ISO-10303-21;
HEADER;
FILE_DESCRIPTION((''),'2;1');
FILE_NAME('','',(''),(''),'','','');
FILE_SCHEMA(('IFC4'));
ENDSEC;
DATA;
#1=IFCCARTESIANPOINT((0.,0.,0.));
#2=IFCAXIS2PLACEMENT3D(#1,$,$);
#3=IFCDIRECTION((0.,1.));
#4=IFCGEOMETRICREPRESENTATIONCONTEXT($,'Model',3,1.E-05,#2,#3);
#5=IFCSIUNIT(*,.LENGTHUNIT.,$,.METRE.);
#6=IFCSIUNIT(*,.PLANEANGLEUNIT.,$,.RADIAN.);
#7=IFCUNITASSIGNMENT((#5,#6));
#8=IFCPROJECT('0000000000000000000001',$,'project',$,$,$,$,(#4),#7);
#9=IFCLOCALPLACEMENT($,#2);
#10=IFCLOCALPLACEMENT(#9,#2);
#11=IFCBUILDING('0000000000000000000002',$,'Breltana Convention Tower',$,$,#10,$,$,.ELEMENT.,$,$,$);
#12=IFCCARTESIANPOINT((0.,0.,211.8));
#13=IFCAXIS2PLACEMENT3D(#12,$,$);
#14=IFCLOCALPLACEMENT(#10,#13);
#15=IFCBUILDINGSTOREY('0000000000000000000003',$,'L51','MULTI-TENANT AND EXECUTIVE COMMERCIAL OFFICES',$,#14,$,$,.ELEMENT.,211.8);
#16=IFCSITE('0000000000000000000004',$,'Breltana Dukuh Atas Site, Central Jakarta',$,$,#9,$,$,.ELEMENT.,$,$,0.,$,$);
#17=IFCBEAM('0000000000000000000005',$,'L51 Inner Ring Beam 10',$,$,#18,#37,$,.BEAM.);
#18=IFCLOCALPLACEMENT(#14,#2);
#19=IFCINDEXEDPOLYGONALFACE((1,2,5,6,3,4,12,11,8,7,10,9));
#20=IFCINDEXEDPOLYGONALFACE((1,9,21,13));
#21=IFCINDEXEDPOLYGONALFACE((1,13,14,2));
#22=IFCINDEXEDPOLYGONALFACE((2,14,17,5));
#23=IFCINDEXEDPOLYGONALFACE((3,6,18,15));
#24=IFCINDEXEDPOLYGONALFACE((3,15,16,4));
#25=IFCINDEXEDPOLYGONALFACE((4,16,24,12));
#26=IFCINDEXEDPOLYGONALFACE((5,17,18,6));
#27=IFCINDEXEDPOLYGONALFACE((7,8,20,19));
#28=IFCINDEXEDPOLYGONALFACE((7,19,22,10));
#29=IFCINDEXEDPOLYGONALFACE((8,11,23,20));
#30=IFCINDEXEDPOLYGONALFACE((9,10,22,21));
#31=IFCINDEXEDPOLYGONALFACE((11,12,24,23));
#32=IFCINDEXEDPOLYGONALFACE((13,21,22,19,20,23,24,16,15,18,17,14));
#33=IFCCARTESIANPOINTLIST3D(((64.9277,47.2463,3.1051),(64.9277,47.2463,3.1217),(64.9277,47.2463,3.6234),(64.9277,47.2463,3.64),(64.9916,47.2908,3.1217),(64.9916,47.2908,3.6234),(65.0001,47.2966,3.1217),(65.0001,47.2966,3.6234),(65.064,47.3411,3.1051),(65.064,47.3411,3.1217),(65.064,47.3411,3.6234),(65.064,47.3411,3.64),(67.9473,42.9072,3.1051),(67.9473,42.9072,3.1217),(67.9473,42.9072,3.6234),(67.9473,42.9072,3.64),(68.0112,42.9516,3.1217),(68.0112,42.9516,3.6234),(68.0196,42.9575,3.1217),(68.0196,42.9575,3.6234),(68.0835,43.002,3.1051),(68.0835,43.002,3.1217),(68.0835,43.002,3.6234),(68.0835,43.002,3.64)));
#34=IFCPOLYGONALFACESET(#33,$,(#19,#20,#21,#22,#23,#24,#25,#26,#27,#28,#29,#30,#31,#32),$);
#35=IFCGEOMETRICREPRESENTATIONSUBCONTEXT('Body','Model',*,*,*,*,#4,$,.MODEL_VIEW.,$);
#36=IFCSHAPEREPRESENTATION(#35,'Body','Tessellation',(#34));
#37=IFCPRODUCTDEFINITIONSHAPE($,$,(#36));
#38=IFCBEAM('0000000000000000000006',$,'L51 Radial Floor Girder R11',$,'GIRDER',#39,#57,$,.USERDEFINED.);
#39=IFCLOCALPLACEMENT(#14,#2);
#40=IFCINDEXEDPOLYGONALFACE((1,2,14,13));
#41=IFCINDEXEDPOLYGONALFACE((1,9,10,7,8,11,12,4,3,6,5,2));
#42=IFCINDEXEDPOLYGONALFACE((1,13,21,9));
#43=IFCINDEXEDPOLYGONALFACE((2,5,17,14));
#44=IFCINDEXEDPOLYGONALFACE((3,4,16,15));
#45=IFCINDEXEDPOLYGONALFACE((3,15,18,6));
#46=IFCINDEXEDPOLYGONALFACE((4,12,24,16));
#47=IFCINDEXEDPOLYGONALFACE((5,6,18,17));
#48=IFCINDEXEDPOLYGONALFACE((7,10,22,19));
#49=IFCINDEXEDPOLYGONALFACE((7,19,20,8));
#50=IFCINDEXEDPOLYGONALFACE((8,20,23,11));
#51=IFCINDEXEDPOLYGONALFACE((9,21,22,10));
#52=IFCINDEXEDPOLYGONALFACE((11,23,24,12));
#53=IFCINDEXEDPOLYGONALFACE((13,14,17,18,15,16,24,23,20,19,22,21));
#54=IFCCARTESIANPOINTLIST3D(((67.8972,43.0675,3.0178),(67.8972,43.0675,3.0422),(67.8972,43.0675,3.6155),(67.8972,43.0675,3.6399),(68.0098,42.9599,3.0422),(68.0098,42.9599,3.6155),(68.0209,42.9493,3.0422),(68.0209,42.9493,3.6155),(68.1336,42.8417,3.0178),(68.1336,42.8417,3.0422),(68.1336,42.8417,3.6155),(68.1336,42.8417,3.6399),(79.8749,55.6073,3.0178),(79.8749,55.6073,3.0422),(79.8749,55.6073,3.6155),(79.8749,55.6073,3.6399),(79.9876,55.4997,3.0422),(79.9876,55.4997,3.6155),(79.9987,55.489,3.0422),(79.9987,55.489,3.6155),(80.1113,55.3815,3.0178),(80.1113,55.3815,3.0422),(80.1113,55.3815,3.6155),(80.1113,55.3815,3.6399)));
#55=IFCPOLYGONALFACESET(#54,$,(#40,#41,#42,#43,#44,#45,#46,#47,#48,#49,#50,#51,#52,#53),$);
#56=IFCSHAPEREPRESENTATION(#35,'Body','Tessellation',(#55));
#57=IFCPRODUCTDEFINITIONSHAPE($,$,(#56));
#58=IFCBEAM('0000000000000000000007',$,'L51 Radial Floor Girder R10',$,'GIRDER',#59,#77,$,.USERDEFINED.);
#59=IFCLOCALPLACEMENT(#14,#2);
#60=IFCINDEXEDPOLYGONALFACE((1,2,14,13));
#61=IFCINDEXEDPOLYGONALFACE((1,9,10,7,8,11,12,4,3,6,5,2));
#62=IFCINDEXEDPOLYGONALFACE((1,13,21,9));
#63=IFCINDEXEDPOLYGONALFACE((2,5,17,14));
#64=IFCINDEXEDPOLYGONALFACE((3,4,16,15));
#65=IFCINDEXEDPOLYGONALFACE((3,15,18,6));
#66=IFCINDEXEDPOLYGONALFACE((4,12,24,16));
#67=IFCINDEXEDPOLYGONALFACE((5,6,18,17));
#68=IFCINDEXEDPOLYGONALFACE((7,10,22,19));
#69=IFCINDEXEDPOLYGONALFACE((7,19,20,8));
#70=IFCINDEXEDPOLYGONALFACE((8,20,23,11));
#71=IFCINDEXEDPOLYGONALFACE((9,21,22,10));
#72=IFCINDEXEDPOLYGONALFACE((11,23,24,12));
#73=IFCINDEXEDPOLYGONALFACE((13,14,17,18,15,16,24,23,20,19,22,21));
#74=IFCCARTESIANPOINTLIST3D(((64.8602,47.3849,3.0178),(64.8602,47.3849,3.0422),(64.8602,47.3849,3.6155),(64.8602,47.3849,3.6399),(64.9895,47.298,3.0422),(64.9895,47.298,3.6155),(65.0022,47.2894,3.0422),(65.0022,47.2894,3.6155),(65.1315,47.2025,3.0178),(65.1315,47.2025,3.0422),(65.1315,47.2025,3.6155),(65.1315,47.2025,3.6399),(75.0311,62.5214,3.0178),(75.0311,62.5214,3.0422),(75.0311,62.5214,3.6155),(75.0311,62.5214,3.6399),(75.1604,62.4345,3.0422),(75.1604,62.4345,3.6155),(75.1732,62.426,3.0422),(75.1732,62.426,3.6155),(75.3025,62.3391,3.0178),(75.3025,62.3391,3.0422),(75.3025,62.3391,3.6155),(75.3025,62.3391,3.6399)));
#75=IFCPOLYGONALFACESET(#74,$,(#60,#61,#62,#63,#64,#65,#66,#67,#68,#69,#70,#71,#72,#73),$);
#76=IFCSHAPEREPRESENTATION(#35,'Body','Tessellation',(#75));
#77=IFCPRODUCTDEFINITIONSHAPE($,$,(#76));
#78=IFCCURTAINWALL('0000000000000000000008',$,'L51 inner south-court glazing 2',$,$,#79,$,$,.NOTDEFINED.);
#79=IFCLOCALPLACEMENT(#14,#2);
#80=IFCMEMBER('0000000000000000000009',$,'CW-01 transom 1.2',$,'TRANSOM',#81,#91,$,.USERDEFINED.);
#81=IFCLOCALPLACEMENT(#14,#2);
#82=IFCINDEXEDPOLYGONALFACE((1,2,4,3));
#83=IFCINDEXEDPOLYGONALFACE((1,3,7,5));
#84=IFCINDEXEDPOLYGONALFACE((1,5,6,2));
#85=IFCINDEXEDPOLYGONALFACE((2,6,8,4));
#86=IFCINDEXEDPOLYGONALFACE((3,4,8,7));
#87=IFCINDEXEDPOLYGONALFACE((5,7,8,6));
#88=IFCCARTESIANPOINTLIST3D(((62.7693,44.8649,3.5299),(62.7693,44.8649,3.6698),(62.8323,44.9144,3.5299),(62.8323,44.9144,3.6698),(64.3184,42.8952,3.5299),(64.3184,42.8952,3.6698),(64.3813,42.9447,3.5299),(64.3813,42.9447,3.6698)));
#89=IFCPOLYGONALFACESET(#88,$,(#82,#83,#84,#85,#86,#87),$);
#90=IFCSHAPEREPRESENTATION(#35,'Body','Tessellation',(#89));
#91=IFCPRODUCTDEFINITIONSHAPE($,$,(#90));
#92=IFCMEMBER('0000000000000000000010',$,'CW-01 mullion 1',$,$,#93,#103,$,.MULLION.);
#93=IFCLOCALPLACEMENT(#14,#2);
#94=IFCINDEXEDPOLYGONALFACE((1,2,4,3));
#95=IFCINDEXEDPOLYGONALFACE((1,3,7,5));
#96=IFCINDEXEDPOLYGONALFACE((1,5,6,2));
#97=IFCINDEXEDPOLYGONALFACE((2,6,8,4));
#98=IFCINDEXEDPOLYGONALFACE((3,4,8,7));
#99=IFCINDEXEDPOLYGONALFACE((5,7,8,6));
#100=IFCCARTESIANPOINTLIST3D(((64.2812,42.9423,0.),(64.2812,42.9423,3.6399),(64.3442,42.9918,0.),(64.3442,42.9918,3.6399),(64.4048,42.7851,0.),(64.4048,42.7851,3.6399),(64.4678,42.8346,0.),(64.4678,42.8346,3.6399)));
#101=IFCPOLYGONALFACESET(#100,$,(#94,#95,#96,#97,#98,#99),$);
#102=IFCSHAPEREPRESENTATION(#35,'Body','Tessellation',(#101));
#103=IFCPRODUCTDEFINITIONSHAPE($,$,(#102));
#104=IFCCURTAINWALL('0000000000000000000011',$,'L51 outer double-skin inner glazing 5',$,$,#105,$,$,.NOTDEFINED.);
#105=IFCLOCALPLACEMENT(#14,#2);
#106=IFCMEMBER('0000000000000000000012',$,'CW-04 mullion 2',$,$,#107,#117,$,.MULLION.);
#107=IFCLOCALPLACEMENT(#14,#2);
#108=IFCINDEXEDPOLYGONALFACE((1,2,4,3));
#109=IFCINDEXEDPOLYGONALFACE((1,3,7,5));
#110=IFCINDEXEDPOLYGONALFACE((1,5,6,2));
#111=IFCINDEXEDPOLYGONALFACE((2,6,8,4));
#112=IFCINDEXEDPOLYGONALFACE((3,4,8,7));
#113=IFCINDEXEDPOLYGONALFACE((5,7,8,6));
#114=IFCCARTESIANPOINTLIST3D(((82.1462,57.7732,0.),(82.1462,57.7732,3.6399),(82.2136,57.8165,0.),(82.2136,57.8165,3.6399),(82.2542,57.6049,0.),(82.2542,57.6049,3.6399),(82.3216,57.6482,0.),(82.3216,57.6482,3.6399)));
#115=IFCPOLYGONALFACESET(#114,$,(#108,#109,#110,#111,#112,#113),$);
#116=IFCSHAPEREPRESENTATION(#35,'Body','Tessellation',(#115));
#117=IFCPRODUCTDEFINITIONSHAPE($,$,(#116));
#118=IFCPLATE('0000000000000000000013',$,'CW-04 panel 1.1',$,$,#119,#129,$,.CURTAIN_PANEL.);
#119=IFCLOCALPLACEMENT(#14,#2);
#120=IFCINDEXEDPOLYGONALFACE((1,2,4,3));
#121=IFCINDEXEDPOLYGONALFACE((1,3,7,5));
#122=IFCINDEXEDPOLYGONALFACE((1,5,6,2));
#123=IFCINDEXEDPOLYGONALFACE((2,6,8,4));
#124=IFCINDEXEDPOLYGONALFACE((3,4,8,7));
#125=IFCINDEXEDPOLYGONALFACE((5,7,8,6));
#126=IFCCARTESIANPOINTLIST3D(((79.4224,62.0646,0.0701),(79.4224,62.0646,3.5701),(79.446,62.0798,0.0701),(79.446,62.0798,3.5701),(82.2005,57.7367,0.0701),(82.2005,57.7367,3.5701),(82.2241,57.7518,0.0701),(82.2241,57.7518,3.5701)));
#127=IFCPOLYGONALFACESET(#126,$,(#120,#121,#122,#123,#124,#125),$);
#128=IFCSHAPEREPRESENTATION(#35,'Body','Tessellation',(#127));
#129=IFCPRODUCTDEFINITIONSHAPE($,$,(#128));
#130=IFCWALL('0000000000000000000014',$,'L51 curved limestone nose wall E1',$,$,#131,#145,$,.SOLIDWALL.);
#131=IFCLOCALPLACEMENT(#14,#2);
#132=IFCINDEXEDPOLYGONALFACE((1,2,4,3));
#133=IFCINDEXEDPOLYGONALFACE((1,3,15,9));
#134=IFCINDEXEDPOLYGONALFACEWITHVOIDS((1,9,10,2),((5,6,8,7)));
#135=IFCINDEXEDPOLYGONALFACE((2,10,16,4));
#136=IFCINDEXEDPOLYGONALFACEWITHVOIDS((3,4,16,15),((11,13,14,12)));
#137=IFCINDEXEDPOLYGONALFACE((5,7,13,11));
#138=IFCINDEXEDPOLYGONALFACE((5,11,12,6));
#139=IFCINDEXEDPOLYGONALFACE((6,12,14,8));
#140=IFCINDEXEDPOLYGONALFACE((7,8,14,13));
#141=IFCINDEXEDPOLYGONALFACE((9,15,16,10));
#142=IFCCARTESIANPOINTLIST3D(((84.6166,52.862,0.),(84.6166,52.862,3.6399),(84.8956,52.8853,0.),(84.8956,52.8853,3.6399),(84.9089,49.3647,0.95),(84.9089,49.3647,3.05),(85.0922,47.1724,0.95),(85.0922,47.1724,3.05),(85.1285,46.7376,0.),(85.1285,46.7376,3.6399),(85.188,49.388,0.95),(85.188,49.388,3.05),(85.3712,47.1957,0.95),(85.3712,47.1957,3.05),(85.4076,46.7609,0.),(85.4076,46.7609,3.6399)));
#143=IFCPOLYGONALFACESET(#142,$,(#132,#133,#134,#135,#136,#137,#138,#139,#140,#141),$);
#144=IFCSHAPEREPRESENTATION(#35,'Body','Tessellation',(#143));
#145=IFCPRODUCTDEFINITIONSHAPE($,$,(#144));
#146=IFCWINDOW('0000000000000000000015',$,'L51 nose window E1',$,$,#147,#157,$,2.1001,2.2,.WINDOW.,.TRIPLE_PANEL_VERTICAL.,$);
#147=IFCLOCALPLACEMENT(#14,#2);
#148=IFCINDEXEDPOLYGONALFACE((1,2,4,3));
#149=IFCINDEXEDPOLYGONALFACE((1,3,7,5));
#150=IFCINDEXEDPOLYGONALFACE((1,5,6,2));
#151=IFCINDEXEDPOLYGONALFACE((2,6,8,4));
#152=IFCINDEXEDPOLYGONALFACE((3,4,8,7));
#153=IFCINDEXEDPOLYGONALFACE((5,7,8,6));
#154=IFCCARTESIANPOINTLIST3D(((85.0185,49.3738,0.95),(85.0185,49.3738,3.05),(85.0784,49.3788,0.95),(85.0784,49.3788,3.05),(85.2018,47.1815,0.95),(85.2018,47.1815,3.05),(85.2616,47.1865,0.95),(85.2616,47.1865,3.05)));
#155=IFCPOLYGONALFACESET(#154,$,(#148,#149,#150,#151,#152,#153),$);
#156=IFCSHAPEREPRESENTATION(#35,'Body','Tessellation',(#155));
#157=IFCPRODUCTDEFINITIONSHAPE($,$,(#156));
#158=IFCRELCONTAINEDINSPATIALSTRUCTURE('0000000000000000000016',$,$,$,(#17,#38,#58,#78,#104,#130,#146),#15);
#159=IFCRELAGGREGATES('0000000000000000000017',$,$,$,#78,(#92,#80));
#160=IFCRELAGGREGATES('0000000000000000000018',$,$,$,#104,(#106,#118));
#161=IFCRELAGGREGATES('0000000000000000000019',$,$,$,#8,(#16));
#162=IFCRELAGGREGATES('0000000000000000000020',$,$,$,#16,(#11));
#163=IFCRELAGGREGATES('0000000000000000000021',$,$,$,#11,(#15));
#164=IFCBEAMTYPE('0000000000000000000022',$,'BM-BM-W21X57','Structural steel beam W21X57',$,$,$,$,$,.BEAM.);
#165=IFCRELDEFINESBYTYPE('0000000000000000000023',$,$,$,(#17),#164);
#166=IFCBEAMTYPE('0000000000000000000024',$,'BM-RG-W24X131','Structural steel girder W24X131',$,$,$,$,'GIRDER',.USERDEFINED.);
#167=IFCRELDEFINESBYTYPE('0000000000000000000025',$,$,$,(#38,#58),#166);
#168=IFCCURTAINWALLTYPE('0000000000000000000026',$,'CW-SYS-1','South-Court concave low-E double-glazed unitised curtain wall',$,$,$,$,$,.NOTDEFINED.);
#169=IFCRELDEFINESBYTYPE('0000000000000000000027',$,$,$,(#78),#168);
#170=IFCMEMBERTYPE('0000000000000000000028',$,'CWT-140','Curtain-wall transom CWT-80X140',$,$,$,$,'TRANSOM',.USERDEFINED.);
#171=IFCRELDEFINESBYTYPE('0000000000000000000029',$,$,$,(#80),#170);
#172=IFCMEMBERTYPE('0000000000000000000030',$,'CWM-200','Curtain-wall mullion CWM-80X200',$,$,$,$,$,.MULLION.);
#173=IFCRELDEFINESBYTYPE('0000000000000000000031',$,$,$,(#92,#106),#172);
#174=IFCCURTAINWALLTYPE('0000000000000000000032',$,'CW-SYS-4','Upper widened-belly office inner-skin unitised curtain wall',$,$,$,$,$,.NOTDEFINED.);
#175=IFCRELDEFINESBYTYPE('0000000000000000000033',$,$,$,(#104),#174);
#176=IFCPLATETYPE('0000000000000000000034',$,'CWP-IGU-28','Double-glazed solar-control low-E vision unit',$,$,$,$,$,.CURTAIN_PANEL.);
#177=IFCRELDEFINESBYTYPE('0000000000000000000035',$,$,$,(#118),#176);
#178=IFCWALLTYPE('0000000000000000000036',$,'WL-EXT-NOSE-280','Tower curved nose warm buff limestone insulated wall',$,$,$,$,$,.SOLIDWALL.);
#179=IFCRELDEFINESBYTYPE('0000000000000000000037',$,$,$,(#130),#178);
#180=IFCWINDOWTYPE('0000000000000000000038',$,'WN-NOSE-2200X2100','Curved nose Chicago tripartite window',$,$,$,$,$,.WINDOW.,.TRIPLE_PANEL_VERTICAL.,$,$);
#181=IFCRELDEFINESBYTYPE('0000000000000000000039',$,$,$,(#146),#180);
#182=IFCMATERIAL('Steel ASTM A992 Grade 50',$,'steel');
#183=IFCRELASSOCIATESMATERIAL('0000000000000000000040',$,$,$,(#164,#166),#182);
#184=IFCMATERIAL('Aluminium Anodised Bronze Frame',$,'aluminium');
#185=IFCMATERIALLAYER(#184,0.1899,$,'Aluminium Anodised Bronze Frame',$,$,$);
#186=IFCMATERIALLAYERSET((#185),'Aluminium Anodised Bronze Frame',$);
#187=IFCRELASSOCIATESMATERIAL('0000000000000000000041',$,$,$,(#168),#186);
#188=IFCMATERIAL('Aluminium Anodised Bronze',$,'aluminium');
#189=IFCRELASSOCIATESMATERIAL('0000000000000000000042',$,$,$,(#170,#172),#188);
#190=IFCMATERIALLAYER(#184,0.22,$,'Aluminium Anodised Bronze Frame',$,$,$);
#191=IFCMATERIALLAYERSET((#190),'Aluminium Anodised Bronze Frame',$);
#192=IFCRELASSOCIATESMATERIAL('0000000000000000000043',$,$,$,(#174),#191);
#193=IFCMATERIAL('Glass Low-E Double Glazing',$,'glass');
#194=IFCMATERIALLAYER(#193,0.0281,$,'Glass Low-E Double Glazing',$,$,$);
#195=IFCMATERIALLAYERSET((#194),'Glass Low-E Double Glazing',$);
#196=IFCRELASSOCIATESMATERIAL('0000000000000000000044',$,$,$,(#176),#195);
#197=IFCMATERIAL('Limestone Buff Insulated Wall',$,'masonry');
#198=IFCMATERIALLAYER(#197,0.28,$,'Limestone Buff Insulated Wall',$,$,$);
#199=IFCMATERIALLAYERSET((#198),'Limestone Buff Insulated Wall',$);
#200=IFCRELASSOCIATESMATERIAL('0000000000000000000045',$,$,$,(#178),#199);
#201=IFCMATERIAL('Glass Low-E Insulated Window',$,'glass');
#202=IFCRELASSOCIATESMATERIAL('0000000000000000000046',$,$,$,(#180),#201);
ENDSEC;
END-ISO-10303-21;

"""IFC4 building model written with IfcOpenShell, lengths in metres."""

from ifc_helpers import new_model, si_unit, direction, frame, frame_2d, origin, origin_2d, place, context, subcontext, project, spatial, rectangle, i_section, extrude, source, transform, mapped, material, layer, layer_set, material_profile, profile_set, type_object, type_shapes, element, fill, aggregate, save


model = new_model("IFC4")

# Units and contexts
model_context = context("Model", 3, precision=1e-05, world=origin(), true_north=direction((0.0, 1.0)))
body_context = subcontext(model_context, "Body", "Model", "MODEL_VIEW")
ifc_project = project(units=[si_unit("LENGTHUNIT", "METRE"), si_unit("PLANEANGLEUNIT", "RADIAN")], contexts=[model_context])

# Site, building, storey
site_placement = place(None, origin())
site = spatial("IfcSite", under=ifc_project, at=site_placement, Name="Breltana Dukuh Atas Site, Central Jakarta", CompositionType="ELEMENT", RefElevation=0.0)
building_placement = place(site_placement, origin())
building = spatial("IfcBuilding", under=site, at=building_placement, Name="Breltana Convention Tower", CompositionType="ELEMENT")
storey_placement = place(building_placement, frame((0.0, 0.0, 211.8)))
storey = spatial("IfcBuildingStorey", under=building, at=storey_placement, Name="L51", Description="MULTI-TENANT AND EXECUTIVE COMMERCIAL OFFICES", CompositionType="ELEMENT", Elevation=211.8)

# Shared definitions
ifc_material_1 = material(Name="Steel ASTM A992 Grade 50", Category="steel")

# Beams
ifc_material_profile_1 = material_profile(ifc_material_1, i_section(OverallWidth=0.166, OverallDepth=0.5349, WebThickness=0.0103, FlangeThickness=0.0166, at=origin_2d()), Name="W21X57")
ifc_profile_set_1 = profile_set([ifc_material_profile_1], Name="Steel ASTM A992 Grade 50")
beam_type_1 = type_object("IfcBeamType", Name="BM-BM-W21X57", Description="Structural steel beam W21X57", PredefinedType="BEAM", material=ifc_profile_set_1)
shared_shape_1 = source(origin(), body_context, "Body", "SweptSolid", [
    extrude(i_section(OverallWidth=0.166, OverallDepth=0.5349, WebThickness=0.0103, FlangeThickness=0.0166, at=origin_2d()), origin(), (0.0, 0.0, 1.0), 5.2864),
])
beam_1_placement = place(storey_placement, frame((64.9958, 47.2937, 3.3726), z_axis=(0.571194, -0.820815, 0.0), x_axis=(0.820815, 0.571194, 0.0)))
element("IfcBeam", 1, at=beam_1_placement, inside=storey, type_object=beam_type_1, Name="L51 Inner Ring Beam 10", PredefinedType="BEAM", context=body_context, shape_type="MappedRepresentation", body=[
    mapped(shared_shape_1, transform((0.0, 0.0, 0.0), scale=1.0)),
])
ifc_material_profile_2 = material_profile(ifc_material_1, i_section(OverallWidth=0.3269, OverallDepth=0.6221, WebThickness=0.0154, FlangeThickness=0.0244, at=origin_2d()), Name="W24X131")
ifc_profile_set_2 = profile_set([ifc_material_profile_2], Name="Steel ASTM A992 Grade 50")
beam_type_2 = type_object("IfcBeamType", Name="BM-RG-W24X131", Description="Structural steel girder W24X131", ElementType="GIRDER", PredefinedType="USERDEFINED", material=ifc_profile_set_2)
shared_shape_2 = source(origin(), body_context, "Body", "SweptSolid", [
    extrude(i_section(OverallWidth=0.3269, OverallDepth=0.6221, WebThickness=0.0154, FlangeThickness=0.0244, at=origin_2d()), origin(), (0.0, 0.0, 1.0), 17.3411),
])
type_shapes(beam_type_2, [shared_shape_2])
beam_2_placement = place(storey_placement, frame((68.0154, 42.9546, 3.3289), z_axis=(0.690716, 0.723126, 0.0), x_axis=(-0.723126, 0.690716, 0.0)))
element("IfcBeam", 2, at=beam_2_placement, inside=storey, type_object=beam_type_2, Name="L51 Radial Floor Girder R11", ObjectType="GIRDER", PredefinedType="USERDEFINED", context=body_context, shape_type="MappedRepresentation", body=[
    mapped(shared_shape_2, transform((0.0, 0.0, 0.0), scale=1.0)),
])
shared_shape_3 = source(origin(), body_context, "Body", "SweptSolid", [
    extrude(i_section(OverallWidth=0.3269, OverallDepth=0.6221, WebThickness=0.0154, FlangeThickness=0.0244, at=origin_2d()), origin(), (0.0, 0.0, 1.0), 18.2363),
])
beam_3_placement = place(storey_placement, frame((64.9958, 47.2937, 3.3289), z_axis=(0.55773, 0.830022, 0.0), x_axis=(-0.830022, 0.55773, 0.0)))
element("IfcBeam", 3, at=beam_3_placement, inside=storey, type_object=beam_type_2, Name="L51 Radial Floor Girder R10", ObjectType="GIRDER", PredefinedType="USERDEFINED", context=body_context, shape_type="MappedRepresentation", body=[
    mapped(shared_shape_3, transform((0.0, 0.0, 0.0), scale=1.0)),
])

# Curtain wall, members
ifc_material_2 = material(Name="Aluminium Anodised Bronze Frame", Category="aluminium")
ifc_layer_1 = layer(ifc_material_2, 0.1899, Name="Aluminium Anodised Bronze Frame")
ifc_layer_set_1 = layer_set([ifc_layer_1], Name="Aluminium Anodised Bronze Frame")
curtain_wall_type_1 = type_object("IfcCurtainWallType", Name="CW-SYS-1", Description="South-Court concave low-E double-glazed unitised curtain wall", PredefinedType="NOTDEFINED", material=ifc_layer_set_1)
curtain_wall_1_placement = place(storey_placement, origin())
curtain_wall_1 = element("IfcCurtainWall", 4, at=curtain_wall_1_placement, inside=storey, type_object=curtain_wall_type_1, Name="L51 inner south-court glazing 2", PredefinedType="NOTDEFINED")
ifc_material_3 = material(Name="Aluminium Anodised Bronze", Category="aluminium")
ifc_material_profile_3 = material_profile(ifc_material_3, rectangle(XDim=0.0801, YDim=0.1399, at=origin_2d()), Name="CWT-80X140")
ifc_profile_set_3 = profile_set([ifc_material_profile_3], Name="Aluminium Anodised Bronze")
member_type_1 = type_object("IfcMemberType", Name="CWT-140", Description="Curtain-wall transom CWT-80X140", ElementType="TRANSOM", PredefinedType="USERDEFINED", material=ifc_profile_set_3)
shared_shape_4 = source(origin(), body_context, "Body", "SweptSolid", [
    extrude(rectangle(XDim=0.0801, YDim=0.1399, at=origin_2d()), origin(), (0.0, 0.0, 1.0), 2.5059),
])
member_1_placement = place(storey_placement, frame((64.3499, 42.9199, 3.5999), z_axis=(-0.618174, 0.786041, 0.0), x_axis=(-0.786041, -0.618174, 0.0)))
member_1 = element("IfcMember", 5, at=member_1_placement, type_object=member_type_1, Name="CW-01 transom 1.2", ObjectType="TRANSOM", PredefinedType="USERDEFINED", context=body_context, shape_type="MappedRepresentation", body=[
    mapped(shared_shape_4, transform((0.0, 0.0, 0.0), scale=1.0)),
])
ifc_material_profile_4 = material_profile(ifc_material_3, rectangle(XDim=0.0801, YDim=0.2, at=origin_2d()), Name="CWM-80X200")
ifc_profile_set_4 = profile_set([ifc_material_profile_4], Name="Aluminium Anodised Bronze")
member_type_2 = type_object("IfcMemberType", Name="CWM-200", Description="Curtain-wall mullion CWM-80X200", PredefinedType="MULLION", material=ifc_profile_set_4)
shared_shape_5 = source(origin(), body_context, "Body", "SweptSolid", [
    extrude(rectangle(XDim=0.0801, YDim=0.2, at=origin_2d()), origin(), (0.0, 0.0, 1.0), 3.6399),
])
member_2_placement = place(storey_placement, frame((64.3745, 42.8884, 0.0), z_axis=(0.0, 0.0, 1.0), x_axis=(-0.786061, -0.61815, 0.0)))
member_2 = element("IfcMember", 6, at=member_2_placement, type_object=member_type_2, Name="CW-01 mullion 1", PredefinedType="MULLION", context=body_context, shape_type="MappedRepresentation", body=[
    mapped(shared_shape_5, transform((0.0, 0.0, 0.0), scale=1.0)),
])
aggregate(curtain_wall_1, [member_2, member_1])

# Curtain wall, member, plate
ifc_layer_2 = layer(ifc_material_2, 0.22, Name="Aluminium Anodised Bronze Frame")
ifc_layer_set_2 = layer_set([ifc_layer_2], Name="Aluminium Anodised Bronze Frame")
curtain_wall_type_2 = type_object("IfcCurtainWallType", Name="CW-SYS-4", Description="Upper widened-belly office inner-skin unitised curtain wall", PredefinedType="NOTDEFINED", material=ifc_layer_set_2)
curtain_wall_2_placement = place(storey_placement, origin())
curtain_wall_2 = element("IfcCurtainWall", 7, at=curtain_wall_2_placement, inside=storey, type_object=curtain_wall_type_2, Name="L51 outer double-skin inner glazing 5", PredefinedType="NOTDEFINED")
member_3_placement = place(storey_placement, frame((82.2339, 57.7107, 0.0), z_axis=(0.0, 0.0, 1.0), x_axis=(0.841548, 0.540182, 0.0)))
member_3 = element("IfcMember", 8, at=member_3_placement, type_object=member_type_2, Name="CW-04 mullion 2", PredefinedType="MULLION", context=body_context, shape_type="MappedRepresentation", body=[
    mapped(shared_shape_5, transform((0.0, 0.0, 0.0), scale=1.0)),
])
ifc_material_4 = material(Name="Glass Low-E Double Glazing", Category="glass")
ifc_layer_3 = layer(ifc_material_4, 0.0281, Name="Glass Low-E Double Glazing")
ifc_layer_set_3 = layer_set([ifc_layer_3], Name="Glass Low-E Double Glazing")
plate_type = type_object("IfcPlateType", Name="CWP-IGU-28", Description="Double-glazed solar-control low-E vision unit", PredefinedType="CURTAIN_PANEL", material=ifc_layer_set_3)
shared_shape_6 = source(origin(), body_context, "Body", "SweptSolid", [
    extrude(rectangle(XDim=5.1428, YDim=0.0281, at=origin_2d()), origin(), (0.0, 0.0, 1.0), 3.5),
])
plate_placement = place(storey_placement, frame((80.8232, 59.9082, 0.0701), z_axis=(0.0, 0.0, 1.0), x_axis=(0.540182, -0.841548, 0.0)))
plate = element("IfcPlate", 9, at=plate_placement, type_object=plate_type, Name="CW-04 panel 1.1", PredefinedType="CURTAIN_PANEL", context=body_context, shape_type="MappedRepresentation", body=[
    mapped(shared_shape_6, transform((0.0, 0.0, 0.0), scale=1.0)),
])
aggregate(curtain_wall_2, [member_3, plate])

# Wall, opening, window
ifc_material_5 = material(Name="Limestone Buff Insulated Wall", Category="masonry")
ifc_layer_4 = layer(ifc_material_5, 0.28, Name="Limestone Buff Insulated Wall")
ifc_layer_set_4 = layer_set([ifc_layer_4], Name="Limestone Buff Insulated Wall")
wall_type = type_object("IfcWallType", Name="WL-EXT-NOSE-280", Description="Tower curved nose warm buff limestone insulated wall", PredefinedType="SOLIDWALL", material=ifc_layer_set_4)
shared_shape_7 = source(origin(), body_context, "Body", "SweptSolid", [
    extrude(rectangle(XDim=6.1458, YDim=0.28, at=frame_2d((3.0728, 0.0))), origin(), (0.0, 0.0, 1.0), 3.6399),
])
wall_1_placement = place(storey_placement, frame((84.7561, 52.8735, 0.0), z_axis=(0.0, 0.0, 1.0), x_axis=(0.083302, -0.996524, 0.0)))
wall_1 = element("IfcWall", 10, at=wall_1_placement, inside=storey, type_object=wall_type, Name="L51 curved limestone nose wall E1", PredefinedType="SOLIDWALL", context=body_context, shape_type="MappedRepresentation", body=[
    mapped(shared_shape_7, transform((0.0, 0.0, 0.0), scale=1.0)),
])
opening_1_placement = place(wall_1_placement, frame((3.5093, 0.0, 0.95)))
opening_1 = element("IfcOpeningElement", 11, at=opening_1_placement, cuts=wall_1, PredefinedType="OPENING", context=body_context, shape_type="SweptSolid", body=[
    extrude(rectangle(XDim=2.2, YDim=2.1001, at=frame_2d((1.1001, 1.05))), frame((0.0, 0.1499, 0.0), z_axis=(0.0, -1.0, 0.0), x_axis=(1.0, 0.0, 0.0)), (0.0, 0.0, 1.0), 0.3),
])
ifc_material_6 = material(Name="Glass Low-E Insulated Window", Category="glass")
window_type = type_object("IfcWindowType", Name="WN-NOSE-2200X2100", Description="Curved nose Chicago tripartite window", PartitioningType="TRIPLE_PANEL_VERTICAL", PredefinedType="WINDOW", material=ifc_material_6)
shared_shape_8 = source(origin(), body_context, "Body", "SweptSolid", [
    extrude(rectangle(XDim=2.2, YDim=2.1001, at=frame_2d((1.1001, 1.05))), frame((0.0, 0.03, 0.0), z_axis=(0.0, -1.0, 0.0), x_axis=(1.0, 0.0, 0.0)), (0.0, 0.0, 1.0), 0.0601),
])
type_shapes(window_type, [shared_shape_8])
window_1_placement = place(opening_1_placement, origin())
window_1 = element("IfcWindow", 12, at=window_1_placement, inside=storey, type_object=window_type, Name="L51 nose window E1", OverallHeight=2.1001, OverallWidth=2.2, PartitioningType="TRIPLE_PANEL_VERTICAL", PredefinedType="WINDOW", context=body_context, shape_type="MappedRepresentation", body=[
    mapped(shared_shape_8, transform((0.0, 0.0, 0.0), scale=1.0)),
])
fill(opening_1, window_1)

save(model, "model.ifc")
